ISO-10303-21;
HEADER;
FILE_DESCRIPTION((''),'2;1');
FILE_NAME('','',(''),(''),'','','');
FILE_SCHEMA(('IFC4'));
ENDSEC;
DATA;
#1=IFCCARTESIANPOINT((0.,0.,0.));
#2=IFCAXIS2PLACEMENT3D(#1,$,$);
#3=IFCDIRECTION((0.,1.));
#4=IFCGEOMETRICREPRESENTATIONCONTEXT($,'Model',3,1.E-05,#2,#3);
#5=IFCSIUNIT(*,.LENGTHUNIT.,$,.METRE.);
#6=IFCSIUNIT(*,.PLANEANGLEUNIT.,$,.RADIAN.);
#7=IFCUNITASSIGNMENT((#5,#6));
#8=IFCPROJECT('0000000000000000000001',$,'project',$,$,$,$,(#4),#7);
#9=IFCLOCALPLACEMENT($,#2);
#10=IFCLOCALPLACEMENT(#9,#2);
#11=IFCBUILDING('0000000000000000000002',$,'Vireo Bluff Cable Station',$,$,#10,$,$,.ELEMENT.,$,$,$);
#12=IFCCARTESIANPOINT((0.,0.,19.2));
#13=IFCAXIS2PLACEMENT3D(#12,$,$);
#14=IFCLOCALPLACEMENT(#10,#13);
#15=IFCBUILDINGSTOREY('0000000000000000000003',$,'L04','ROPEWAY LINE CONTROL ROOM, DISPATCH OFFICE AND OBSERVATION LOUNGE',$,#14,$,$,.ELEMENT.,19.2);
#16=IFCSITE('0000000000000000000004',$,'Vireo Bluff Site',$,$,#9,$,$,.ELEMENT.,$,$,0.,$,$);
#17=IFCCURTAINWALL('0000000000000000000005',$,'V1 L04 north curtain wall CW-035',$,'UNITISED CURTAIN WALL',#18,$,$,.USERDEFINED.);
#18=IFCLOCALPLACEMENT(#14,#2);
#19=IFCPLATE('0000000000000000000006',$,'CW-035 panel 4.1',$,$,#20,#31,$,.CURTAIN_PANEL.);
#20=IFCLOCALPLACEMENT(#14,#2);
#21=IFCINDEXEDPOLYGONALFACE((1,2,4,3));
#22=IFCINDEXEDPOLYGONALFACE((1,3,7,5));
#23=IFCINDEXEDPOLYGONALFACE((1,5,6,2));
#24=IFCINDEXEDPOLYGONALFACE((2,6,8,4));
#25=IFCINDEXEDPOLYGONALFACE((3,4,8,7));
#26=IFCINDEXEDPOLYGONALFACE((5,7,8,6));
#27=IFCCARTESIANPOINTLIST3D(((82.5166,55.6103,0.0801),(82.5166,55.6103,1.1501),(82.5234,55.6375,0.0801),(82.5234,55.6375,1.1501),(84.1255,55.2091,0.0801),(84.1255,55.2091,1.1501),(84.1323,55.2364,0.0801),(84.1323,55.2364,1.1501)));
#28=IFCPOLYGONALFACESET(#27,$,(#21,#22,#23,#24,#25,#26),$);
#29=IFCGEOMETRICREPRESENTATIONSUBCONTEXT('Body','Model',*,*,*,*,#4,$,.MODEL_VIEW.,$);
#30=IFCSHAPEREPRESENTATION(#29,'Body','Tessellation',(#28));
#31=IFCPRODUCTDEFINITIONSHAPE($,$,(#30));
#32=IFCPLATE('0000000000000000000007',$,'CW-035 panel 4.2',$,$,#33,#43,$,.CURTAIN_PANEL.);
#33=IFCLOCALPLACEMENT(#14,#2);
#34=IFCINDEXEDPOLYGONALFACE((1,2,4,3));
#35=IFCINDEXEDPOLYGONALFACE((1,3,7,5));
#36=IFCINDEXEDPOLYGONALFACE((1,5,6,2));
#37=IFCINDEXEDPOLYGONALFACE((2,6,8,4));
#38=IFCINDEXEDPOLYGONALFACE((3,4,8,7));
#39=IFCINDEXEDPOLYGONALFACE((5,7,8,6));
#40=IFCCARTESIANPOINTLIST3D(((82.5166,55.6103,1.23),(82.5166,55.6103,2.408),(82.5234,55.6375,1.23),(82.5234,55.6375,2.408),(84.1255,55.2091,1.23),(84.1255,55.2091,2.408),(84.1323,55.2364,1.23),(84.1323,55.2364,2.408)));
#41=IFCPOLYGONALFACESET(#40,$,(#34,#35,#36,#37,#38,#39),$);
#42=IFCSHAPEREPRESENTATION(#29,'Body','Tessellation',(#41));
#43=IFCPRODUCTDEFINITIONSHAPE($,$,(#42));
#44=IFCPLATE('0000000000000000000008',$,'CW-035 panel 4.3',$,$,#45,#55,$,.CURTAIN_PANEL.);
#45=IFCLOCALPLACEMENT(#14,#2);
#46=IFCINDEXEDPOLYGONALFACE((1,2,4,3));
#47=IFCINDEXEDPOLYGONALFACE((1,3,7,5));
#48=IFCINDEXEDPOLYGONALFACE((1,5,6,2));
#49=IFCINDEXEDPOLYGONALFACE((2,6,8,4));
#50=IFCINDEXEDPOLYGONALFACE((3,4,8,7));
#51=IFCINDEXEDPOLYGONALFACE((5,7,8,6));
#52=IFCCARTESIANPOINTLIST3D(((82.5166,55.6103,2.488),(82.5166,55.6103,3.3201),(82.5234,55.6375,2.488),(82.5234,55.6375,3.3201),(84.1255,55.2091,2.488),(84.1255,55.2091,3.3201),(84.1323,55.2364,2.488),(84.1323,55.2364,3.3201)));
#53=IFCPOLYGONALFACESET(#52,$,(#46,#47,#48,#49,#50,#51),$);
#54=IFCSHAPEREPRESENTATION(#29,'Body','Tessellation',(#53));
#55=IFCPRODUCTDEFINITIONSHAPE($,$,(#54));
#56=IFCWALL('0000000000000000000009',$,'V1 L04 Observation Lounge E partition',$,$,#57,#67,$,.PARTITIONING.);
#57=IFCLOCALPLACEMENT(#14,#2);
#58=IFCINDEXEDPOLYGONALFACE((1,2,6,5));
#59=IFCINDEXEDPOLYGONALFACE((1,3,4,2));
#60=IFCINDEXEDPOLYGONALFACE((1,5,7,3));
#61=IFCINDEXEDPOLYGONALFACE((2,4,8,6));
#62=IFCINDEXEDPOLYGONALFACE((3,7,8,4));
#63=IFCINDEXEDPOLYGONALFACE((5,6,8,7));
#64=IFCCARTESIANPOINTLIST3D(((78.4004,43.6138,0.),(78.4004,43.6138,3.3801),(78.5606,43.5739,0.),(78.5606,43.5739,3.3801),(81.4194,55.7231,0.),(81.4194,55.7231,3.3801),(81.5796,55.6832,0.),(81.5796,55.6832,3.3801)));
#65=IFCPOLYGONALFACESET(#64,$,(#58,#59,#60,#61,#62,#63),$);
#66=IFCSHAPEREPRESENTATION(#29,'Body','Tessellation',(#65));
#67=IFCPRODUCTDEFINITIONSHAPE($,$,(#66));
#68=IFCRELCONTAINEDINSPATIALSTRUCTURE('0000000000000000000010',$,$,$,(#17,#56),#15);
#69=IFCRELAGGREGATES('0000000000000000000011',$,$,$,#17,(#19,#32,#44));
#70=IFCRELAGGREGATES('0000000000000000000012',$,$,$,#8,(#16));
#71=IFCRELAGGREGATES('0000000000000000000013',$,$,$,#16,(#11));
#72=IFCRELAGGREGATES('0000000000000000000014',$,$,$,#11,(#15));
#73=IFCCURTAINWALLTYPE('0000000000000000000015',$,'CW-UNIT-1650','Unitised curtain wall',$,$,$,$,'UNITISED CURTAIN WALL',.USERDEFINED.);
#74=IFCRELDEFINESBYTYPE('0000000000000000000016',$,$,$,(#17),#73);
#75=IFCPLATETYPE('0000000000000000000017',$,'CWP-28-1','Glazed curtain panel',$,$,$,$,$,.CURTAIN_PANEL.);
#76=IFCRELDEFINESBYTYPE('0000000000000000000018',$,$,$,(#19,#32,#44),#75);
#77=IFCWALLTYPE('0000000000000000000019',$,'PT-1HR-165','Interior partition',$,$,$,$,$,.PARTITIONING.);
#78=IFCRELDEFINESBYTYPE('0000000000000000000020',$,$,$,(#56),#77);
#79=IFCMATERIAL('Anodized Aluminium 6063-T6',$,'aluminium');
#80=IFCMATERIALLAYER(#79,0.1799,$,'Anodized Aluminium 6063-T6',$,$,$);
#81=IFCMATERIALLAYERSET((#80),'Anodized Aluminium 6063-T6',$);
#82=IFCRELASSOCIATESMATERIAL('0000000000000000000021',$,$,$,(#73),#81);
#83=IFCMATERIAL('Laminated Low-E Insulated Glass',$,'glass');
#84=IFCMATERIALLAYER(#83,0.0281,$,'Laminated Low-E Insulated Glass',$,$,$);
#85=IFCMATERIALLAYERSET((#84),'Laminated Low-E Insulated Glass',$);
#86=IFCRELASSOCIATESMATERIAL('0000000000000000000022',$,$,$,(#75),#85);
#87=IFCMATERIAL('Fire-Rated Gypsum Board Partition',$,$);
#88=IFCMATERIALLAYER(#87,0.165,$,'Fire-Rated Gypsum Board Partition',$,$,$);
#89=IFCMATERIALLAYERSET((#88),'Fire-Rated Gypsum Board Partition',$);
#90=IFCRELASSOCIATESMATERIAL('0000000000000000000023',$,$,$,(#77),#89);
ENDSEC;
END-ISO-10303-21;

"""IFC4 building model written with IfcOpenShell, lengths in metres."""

from ifc_helpers import new_model, si_unit, direction, frame, frame_2d, origin, origin_2d, place, context, subcontext, project, spatial, rectangle, extrude, material, layer, layer_set, type_object, element, aggregate, save


model = new_model("IFC4")

# Units and contexts
model_context = context("Model", 3, precision=1e-05, world=origin(), true_north=direction((0.0, 1.0)))
body_context = subcontext(model_context, "Body", "Model", "MODEL_VIEW")
ifc_project = project(units=[si_unit("LENGTHUNIT", "METRE"), si_unit("PLANEANGLEUNIT", "RADIAN")], contexts=[model_context])

# Site, building, storey
site_placement = place(None, origin())
site = spatial("IfcSite", under=ifc_project, at=site_placement, Name="Vireo Bluff Site", CompositionType="ELEMENT", RefElevation=0.0)
building_placement = place(site_placement, origin())
building = spatial("IfcBuilding", under=site, at=building_placement, Name="Vireo Bluff Cable Station", CompositionType="ELEMENT")
storey_placement = place(building_placement, frame((0.0, 0.0, 19.2)))
storey = spatial("IfcBuildingStorey", under=building, at=storey_placement, Name="L04", Description="ROPEWAY LINE CONTROL ROOM, DISPATCH OFFICE AND OBSERVATION LOUNGE", CompositionType="ELEMENT", Elevation=19.2)

# Curtain wall, plates
ifc_material_1 = material(Name="Anodized Aluminium 6063-T6", Category="aluminium")
ifc_layer_1 = layer(ifc_material_1, 0.1799, Name="Anodized Aluminium 6063-T6")
ifc_layer_set_1 = layer_set([ifc_layer_1], Name="Anodized Aluminium 6063-T6")
curtain_wall_type = type_object("IfcCurtainWallType", Name="CW-UNIT-1650", Description="Unitised curtain wall", ElementType="UNITISED CURTAIN WALL", PredefinedType="USERDEFINED", material=ifc_layer_set_1)
curtain_wall_placement = place(storey_placement, origin())
curtain_wall = element("IfcCurtainWall", 1, at=curtain_wall_placement, inside=storey, type_object=curtain_wall_type, Name="V1 L04 north curtain wall CW-035", ObjectType="UNITISED CURTAIN WALL", PredefinedType="USERDEFINED")
ifc_material_2 = material(Name="Laminated Low-E Insulated Glass", Category="glass")
ifc_layer_2 = layer(ifc_material_2, 0.0281, Name="Laminated Low-E Insulated Glass")
ifc_layer_set_2 = layer_set([ifc_layer_2], Name="Laminated Low-E Insulated Glass")
plate_type = type_object("IfcPlateType", Name="CWP-28-1", Description="Glazed curtain panel", PredefinedType="CURTAIN_PANEL", material=ifc_layer_set_2)
plate_1_placement = place(storey_placement, frame((83.3245, 55.4233, 0.0801), z_axis=(0.0, 0.0, 1.0), x_axis=(0.970296, -0.241922, 0.0)))
plate_1 = element("IfcPlate", 2, at=plate_1_placement, type_object=plate_type, Name="CW-035 panel 4.1", PredefinedType="CURTAIN_PANEL", context=body_context, shape_type="SweptSolid", body=[
    extrude(rectangle(XDim=1.6582, YDim=0.0281, at=origin_2d()), origin(), (0.0, 0.0, 1.0), 1.0701),
])
plate_2_placement = place(storey_placement, frame((83.3245, 55.4233, 1.23), z_axis=(0.0, 0.0, 1.0), x_axis=(0.970296, -0.241922, 0.0)))
plate_2 = element("IfcPlate", 3, at=plate_2_placement, type_object=plate_type, Name="CW-035 panel 4.2", PredefinedType="CURTAIN_PANEL", context=body_context, shape_type="SweptSolid", body=[
    extrude(rectangle(XDim=1.6582, YDim=0.0281, at=origin_2d()), origin(), (0.0, 0.0, 1.0), 1.178),
])
plate_3_placement = place(storey_placement, frame((83.3245, 55.4233, 2.488), z_axis=(0.0, 0.0, 1.0), x_axis=(0.970296, -0.241922, 0.0)))
plate_3 = element("IfcPlate", 4, at=plate_3_placement, type_object=plate_type, Name="CW-035 panel 4.3", PredefinedType="CURTAIN_PANEL", context=body_context, shape_type="SweptSolid", body=[
    extrude(rectangle(XDim=1.6582, YDim=0.0281, at=origin_2d()), origin(), (0.0, 0.0, 1.0), 0.832),
])
aggregate(curtain_wall, [plate_1, plate_2, plate_3])

# Wall
ifc_material_3 = material(Name="Fire-Rated Gypsum Board Partition")
ifc_layer_3 = layer(ifc_material_3, 0.165, Name="Fire-Rated Gypsum Board Partition")
ifc_layer_set_3 = layer_set([ifc_layer_3], Name="Fire-Rated Gypsum Board Partition")
wall_type = type_object("IfcWallType", Name="PT-1HR-165", Description="Interior partition", PredefinedType="PARTITIONING", material=ifc_layer_set_3)
wall_placement = place(storey_placement, frame((81.4995, 55.7031, 0.0), z_axis=(0.0, 0.0, 1.0), x_axis=(-0.24191, -0.970299, 0.0)))
element("IfcWall", 5, at=wall_placement, inside=storey, type_object=wall_type, Name="V1 L04 Observation Lounge E partition", PredefinedType="PARTITIONING", context=body_context, shape_type="SweptSolid", body=[
    extrude(rectangle(XDim=12.48, YDim=0.165, at=frame_2d((6.24, 0.0))), origin(), (0.0, 0.0, 1.0), 3.3801),
])

save(model, "model.ifc")
